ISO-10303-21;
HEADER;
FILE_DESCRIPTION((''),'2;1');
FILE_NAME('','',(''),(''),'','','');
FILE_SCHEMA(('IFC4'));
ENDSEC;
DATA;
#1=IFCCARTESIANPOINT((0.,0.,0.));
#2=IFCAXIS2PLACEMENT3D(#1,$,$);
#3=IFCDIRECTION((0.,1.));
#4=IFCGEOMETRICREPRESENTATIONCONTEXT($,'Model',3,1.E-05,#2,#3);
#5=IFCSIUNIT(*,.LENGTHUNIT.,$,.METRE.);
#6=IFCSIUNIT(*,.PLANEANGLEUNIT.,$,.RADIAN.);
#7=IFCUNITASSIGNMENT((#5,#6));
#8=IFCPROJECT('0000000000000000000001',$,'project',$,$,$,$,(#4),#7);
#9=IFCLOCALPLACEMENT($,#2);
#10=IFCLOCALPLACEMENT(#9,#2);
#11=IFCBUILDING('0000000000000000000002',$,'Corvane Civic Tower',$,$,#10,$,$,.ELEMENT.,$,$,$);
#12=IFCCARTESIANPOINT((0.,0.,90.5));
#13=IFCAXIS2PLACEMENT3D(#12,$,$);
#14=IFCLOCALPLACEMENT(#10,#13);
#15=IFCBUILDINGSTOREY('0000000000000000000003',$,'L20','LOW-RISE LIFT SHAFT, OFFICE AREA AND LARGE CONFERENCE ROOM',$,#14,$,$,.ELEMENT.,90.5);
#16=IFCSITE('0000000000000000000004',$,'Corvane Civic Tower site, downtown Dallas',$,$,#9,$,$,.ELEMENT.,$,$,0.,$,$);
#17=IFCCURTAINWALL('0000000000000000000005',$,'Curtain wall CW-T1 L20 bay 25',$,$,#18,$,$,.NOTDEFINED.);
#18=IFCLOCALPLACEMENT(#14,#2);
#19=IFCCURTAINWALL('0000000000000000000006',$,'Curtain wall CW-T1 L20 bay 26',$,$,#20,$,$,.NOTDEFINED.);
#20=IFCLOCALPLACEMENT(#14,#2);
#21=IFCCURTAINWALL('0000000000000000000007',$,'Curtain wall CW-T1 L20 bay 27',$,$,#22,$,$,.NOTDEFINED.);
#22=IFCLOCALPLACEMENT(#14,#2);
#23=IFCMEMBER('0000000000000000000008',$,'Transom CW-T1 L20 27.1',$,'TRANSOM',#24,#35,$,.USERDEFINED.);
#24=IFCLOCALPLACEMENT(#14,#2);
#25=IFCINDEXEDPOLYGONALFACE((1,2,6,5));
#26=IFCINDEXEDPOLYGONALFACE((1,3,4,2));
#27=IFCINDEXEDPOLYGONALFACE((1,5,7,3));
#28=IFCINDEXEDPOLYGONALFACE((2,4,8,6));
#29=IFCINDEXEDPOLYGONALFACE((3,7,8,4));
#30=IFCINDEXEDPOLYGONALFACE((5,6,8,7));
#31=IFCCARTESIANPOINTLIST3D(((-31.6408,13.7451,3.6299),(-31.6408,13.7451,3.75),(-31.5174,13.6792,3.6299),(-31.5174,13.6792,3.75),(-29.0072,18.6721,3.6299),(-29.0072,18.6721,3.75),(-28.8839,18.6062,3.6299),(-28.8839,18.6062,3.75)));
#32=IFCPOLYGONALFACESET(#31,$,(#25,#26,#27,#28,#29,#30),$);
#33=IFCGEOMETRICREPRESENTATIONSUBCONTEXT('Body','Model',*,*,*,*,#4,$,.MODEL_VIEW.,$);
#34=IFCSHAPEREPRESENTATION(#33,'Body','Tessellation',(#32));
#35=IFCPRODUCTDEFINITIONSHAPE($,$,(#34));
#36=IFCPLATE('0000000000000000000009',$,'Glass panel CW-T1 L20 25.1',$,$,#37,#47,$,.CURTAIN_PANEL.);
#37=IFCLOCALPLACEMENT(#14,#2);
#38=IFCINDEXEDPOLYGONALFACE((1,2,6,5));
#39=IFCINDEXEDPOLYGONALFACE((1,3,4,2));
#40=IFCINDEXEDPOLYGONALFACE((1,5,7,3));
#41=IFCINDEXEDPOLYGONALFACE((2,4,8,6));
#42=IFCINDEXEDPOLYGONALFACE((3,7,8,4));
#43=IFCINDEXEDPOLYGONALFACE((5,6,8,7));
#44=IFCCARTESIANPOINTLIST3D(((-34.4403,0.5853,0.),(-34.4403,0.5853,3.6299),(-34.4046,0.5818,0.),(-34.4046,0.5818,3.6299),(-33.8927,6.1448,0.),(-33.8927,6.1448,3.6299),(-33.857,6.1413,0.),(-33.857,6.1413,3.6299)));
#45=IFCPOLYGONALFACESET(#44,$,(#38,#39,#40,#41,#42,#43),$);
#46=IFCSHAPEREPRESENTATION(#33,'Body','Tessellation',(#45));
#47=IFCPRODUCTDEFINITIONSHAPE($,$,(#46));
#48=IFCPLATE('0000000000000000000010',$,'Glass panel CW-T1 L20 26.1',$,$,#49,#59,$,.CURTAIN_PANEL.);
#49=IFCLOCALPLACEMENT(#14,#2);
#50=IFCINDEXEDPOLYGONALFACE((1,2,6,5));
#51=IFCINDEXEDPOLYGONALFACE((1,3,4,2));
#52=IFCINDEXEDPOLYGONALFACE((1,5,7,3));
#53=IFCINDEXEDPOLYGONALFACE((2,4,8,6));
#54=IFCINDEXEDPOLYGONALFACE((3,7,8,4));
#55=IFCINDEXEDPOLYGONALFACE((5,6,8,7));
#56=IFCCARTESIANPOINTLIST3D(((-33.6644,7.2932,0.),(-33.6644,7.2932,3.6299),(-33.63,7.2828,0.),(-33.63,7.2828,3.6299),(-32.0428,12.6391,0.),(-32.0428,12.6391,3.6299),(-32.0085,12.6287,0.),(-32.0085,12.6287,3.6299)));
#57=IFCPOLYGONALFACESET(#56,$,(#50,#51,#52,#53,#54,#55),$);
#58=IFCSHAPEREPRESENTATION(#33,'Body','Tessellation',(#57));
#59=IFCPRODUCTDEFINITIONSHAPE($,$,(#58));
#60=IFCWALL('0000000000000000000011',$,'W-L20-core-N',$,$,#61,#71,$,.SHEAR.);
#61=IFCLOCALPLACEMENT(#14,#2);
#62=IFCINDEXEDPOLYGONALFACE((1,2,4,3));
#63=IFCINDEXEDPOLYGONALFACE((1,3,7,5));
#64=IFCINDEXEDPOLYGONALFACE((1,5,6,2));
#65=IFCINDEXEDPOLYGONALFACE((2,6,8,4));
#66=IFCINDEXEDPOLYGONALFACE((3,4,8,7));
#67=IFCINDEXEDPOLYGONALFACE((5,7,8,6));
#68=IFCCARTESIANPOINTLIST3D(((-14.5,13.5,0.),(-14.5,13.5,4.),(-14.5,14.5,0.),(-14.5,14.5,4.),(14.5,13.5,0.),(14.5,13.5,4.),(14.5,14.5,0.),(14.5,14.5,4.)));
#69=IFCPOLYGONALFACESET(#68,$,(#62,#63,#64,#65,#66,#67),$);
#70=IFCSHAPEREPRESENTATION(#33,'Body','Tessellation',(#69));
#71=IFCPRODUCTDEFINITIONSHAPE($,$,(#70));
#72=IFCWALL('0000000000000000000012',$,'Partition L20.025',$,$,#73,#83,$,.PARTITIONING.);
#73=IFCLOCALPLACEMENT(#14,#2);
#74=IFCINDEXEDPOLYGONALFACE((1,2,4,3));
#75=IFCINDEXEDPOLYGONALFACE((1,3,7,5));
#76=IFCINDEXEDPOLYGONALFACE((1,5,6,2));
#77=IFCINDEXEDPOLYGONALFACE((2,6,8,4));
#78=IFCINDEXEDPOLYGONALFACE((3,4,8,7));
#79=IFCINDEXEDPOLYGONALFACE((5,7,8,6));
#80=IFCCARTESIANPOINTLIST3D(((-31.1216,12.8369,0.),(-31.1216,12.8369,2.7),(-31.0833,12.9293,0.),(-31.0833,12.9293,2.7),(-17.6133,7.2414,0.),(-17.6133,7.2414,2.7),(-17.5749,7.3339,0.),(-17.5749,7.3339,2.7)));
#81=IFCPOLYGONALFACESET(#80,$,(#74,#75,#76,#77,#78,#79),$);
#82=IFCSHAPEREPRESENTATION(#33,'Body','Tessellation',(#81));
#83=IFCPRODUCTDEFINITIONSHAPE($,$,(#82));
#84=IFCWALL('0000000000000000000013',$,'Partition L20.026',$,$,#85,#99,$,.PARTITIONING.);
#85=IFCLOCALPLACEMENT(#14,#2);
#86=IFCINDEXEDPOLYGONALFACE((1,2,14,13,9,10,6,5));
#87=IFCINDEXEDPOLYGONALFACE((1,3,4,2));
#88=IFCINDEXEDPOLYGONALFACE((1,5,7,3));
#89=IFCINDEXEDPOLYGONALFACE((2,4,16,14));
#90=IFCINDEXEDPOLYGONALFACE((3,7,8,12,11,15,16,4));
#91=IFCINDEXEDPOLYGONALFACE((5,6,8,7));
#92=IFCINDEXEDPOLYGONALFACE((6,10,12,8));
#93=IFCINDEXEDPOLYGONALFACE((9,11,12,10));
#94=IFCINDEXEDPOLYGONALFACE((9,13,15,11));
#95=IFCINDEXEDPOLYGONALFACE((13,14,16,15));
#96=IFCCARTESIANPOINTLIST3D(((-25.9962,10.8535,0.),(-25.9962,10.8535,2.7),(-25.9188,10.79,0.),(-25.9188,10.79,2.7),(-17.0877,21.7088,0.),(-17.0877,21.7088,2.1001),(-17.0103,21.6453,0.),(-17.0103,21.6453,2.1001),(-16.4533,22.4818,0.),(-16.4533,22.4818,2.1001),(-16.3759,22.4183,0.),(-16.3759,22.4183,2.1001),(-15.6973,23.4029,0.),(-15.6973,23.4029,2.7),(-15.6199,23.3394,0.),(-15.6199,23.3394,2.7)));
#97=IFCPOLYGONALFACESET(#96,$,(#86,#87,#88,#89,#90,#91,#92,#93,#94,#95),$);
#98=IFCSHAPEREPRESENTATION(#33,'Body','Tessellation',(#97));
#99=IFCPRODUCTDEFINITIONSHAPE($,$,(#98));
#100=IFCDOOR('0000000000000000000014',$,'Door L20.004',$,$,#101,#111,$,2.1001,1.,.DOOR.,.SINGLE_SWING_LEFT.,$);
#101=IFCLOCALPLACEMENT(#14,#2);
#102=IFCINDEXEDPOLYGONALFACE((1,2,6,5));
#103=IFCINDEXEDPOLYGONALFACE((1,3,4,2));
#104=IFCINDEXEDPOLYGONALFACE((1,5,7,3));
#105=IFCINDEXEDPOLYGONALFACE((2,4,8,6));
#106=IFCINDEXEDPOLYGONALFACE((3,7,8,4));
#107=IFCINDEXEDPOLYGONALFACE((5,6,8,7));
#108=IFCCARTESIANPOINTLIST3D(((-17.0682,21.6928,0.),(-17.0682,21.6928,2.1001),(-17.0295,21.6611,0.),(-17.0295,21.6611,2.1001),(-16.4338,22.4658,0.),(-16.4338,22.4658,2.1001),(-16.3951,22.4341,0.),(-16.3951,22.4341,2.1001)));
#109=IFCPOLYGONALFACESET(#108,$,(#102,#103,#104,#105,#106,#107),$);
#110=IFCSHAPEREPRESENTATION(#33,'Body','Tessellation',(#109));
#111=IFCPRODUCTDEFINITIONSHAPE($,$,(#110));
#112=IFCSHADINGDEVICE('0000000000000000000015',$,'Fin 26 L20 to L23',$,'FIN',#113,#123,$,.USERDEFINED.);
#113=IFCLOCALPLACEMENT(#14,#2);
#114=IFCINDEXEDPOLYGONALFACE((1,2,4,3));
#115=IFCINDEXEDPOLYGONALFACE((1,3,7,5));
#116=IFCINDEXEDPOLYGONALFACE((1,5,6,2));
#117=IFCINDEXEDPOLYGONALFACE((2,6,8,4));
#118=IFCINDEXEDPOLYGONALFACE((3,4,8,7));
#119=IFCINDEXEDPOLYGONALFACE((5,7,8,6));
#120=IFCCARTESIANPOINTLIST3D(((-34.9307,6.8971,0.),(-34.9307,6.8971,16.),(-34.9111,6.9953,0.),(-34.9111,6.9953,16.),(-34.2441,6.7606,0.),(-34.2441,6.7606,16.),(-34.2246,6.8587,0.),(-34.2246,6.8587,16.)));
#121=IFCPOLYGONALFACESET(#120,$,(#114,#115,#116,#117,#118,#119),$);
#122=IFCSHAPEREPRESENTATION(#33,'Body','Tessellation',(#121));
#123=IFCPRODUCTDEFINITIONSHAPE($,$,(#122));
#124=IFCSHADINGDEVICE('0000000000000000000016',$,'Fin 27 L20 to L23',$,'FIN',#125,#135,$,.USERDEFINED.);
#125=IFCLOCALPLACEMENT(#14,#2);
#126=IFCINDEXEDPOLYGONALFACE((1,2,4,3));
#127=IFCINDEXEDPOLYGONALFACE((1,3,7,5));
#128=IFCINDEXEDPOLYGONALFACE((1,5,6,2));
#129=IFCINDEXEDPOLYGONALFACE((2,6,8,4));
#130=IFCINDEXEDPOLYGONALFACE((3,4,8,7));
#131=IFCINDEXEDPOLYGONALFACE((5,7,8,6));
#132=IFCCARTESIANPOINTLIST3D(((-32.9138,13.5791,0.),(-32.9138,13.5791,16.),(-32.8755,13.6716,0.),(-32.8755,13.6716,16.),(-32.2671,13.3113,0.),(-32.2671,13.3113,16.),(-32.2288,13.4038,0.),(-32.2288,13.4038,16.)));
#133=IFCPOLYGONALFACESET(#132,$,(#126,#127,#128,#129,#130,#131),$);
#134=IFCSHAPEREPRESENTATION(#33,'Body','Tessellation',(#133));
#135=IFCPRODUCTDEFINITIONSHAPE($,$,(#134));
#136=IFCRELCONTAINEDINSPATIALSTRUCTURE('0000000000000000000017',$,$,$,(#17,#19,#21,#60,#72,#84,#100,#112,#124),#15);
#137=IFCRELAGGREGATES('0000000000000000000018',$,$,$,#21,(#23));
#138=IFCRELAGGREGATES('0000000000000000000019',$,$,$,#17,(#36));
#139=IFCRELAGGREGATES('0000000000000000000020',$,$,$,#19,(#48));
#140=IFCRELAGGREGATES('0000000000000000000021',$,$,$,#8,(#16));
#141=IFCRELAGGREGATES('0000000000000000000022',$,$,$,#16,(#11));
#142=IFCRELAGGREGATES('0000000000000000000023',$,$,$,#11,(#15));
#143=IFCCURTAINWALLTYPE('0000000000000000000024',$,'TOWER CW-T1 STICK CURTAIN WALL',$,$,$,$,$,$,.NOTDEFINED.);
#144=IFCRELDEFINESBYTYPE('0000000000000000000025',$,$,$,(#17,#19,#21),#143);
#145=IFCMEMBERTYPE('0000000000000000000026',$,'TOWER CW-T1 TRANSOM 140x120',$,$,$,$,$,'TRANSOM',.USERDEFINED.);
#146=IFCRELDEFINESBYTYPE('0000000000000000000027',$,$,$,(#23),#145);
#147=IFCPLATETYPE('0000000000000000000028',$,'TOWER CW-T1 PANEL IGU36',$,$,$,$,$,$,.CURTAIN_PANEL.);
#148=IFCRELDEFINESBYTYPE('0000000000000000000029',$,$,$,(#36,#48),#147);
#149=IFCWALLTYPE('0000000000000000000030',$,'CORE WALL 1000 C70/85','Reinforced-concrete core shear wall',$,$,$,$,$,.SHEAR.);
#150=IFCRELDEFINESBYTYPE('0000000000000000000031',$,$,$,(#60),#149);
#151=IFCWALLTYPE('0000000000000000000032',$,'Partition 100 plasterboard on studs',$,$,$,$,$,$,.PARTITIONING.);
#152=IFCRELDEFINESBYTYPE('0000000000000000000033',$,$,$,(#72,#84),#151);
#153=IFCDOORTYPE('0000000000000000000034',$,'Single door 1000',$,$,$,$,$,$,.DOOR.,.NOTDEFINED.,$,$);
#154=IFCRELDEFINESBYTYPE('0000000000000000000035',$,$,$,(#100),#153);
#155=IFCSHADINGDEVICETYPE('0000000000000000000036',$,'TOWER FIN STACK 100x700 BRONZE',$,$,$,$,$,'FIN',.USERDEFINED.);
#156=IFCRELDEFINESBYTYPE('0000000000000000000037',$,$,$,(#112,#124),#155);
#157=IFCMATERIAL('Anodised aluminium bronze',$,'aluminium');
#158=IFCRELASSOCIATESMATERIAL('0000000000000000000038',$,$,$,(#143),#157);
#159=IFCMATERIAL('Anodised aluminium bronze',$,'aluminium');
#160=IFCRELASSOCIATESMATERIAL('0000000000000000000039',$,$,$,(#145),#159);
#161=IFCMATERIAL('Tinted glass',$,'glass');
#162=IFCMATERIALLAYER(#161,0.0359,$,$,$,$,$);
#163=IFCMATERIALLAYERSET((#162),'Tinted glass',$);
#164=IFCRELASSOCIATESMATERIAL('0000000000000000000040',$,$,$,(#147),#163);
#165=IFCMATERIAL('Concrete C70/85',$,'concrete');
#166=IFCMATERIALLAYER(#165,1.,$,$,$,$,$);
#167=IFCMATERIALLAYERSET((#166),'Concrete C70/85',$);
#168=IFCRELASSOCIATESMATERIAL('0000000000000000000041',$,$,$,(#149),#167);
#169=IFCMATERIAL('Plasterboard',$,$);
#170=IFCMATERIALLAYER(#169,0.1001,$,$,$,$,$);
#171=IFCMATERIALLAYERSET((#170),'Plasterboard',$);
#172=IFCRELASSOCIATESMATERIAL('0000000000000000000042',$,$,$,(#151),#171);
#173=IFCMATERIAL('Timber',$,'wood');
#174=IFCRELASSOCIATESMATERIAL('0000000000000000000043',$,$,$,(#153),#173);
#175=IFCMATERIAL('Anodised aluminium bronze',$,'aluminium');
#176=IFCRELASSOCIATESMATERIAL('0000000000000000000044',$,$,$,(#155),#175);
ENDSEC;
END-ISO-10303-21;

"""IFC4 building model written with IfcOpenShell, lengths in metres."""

from ifc_helpers import new_model, si_unit, direction, frame, frame_2d, origin, origin_2d, place, context, subcontext, project, spatial, rectangle, extrude, material, layer, layer_set, material_profile, profile_set, type_object, element, fill, aggregate, save


model = new_model("IFC4")

# Units and contexts
model_context = context("Model", 3, precision=1e-05, world=origin(), true_north=direction((0.0, 1.0)))
body_context = subcontext(model_context, "Body", "Model", "MODEL_VIEW")
ifc_project = project(units=[si_unit("LENGTHUNIT", "METRE"), si_unit("PLANEANGLEUNIT", "RADIAN")], contexts=[model_context])

# Site, building, storey
site_placement = place(None, origin())
site = spatial("IfcSite", under=ifc_project, at=site_placement, Name="Corvane Civic Tower site, downtown Dallas", CompositionType="ELEMENT", RefElevation=0.0)
building_placement = place(site_placement, origin())
building = spatial("IfcBuilding", under=site, at=building_placement, Name="Corvane Civic Tower", CompositionType="ELEMENT")
storey_placement = place(building_placement, frame((0.0, 0.0, 90.5)))
storey = spatial("IfcBuildingStorey", under=building, at=storey_placement, Name="L20", Description="LOW-RISE LIFT SHAFT, OFFICE AREA AND LARGE CONFERENCE ROOM", CompositionType="ELEMENT", Elevation=90.5)

# Curtain walls, member
ifc_material_1 = material(Name="Anodised aluminium bronze", Category="aluminium")
curtain_wall_type = type_object("IfcCurtainWallType", Name="TOWER CW-T1 STICK CURTAIN WALL", PredefinedType="NOTDEFINED", material=ifc_material_1)
curtain_wall_1_placement = place(storey_placement, origin())
curtain_wall_1 = element("IfcCurtainWall", 1, at=curtain_wall_1_placement, inside=storey, type_object=curtain_wall_type, Name="Curtain wall CW-T1 L20 bay 25", PredefinedType="NOTDEFINED")
ifc_material_2 = material(Name="Anodised aluminium bronze", Category="aluminium")
ifc_material_profile_1 = material_profile(ifc_material_2, rectangle(XDim=0.1399, YDim=0.1201, at=origin_2d()), Name="TOWER CW-T1 TRANSOM 140x120")
ifc_profile_set_1 = profile_set([ifc_material_profile_1], Name="Anodised aluminium bronze")
member_type = type_object("IfcMemberType", Name="TOWER CW-T1 TRANSOM 140x120", ElementType="TRANSOM", PredefinedType="USERDEFINED", material=ifc_profile_set_1)
curtain_wall_2_placement = place(storey_placement, origin())
curtain_wall_2 = element("IfcCurtainWall", 2, at=curtain_wall_2_placement, inside=storey, type_object=curtain_wall_type, Name="Curtain wall CW-T1 L20 bay 26", PredefinedType="NOTDEFINED")
curtain_wall_3_placement = place(storey_placement, origin())
curtain_wall_3 = element("IfcCurtainWall", 3, at=curtain_wall_3_placement, inside=storey, type_object=curtain_wall_type, Name="Curtain wall CW-T1 L20 bay 27", PredefinedType="NOTDEFINED")
member_1_placement = place(storey_placement, frame((-31.5791, 13.7122, 3.6899), z_axis=(0.471398, 0.881921, 0.0), x_axis=(-0.881921, 0.471398, 0.0)))
member_1 = element("IfcMember", 4, at=member_1_placement, type_object=member_type, Name="Transom CW-T1 L20 27.1", ObjectType="TRANSOM", PredefinedType="USERDEFINED", context=body_context, shape_type="SweptSolid", body=[
    extrude(rectangle(XDim=0.1399, YDim=0.1201, at=origin_2d()), origin(), (0.0, 0.0, 1.0), 5.5867),
])
aggregate(curtain_wall_3, [member_1])

# Plates
ifc_material_3 = material(Name="Tinted glass", Category="glass")
ifc_layer_1 = layer(ifc_material_3, 0.0359)
ifc_layer_set_1 = layer_set([ifc_layer_1], Name="Tinted glass")
plate_type = type_object("IfcPlateType", Name="TOWER CW-T1 PANEL IGU36", PredefinedType="CURTAIN_PANEL", material=ifc_layer_set_1)
plate_1_placement = place(storey_placement, frame((-34.1487, 3.3633, 0.0), z_axis=(0.0, 0.0, 1.0), x_axis=(0.098027, 0.995184, 0.0)))
plate_1 = element("IfcPlate", 5, at=plate_1_placement, type_object=plate_type, Name="Glass panel CW-T1 L20 25.1", PredefinedType="CURTAIN_PANEL", context=body_context, shape_type="SweptSolid", body=[
    extrude(rectangle(XDim=5.5864, YDim=0.0359, at=origin_2d()), origin(), (0.0, 0.0, 1.0), 3.6299),
])
aggregate(curtain_wall_1, [plate_1])
plate_2_placement = place(storey_placement, frame((-32.8364, 9.9609, 0.0), z_axis=(0.0, 0.0, 1.0), x_axis=(0.290266, 0.956946, 0.0)))
plate_2 = element("IfcPlate", 6, at=plate_2_placement, type_object=plate_type, Name="Glass panel CW-T1 L20 26.1", PredefinedType="CURTAIN_PANEL", context=body_context, shape_type="SweptSolid", body=[
    extrude(rectangle(XDim=5.5864, YDim=0.0359, at=origin_2d()), origin(), (0.0, 0.0, 1.0), 3.6299),
])
aggregate(curtain_wall_2, [plate_2])

# Walls
ifc_material_4 = material(Name="Concrete C70/85", Category="concrete")
ifc_layer_2 = layer(ifc_material_4, 1.0)
ifc_layer_set_2 = layer_set([ifc_layer_2], Name="Concrete C70/85")
wall_type_1 = type_object("IfcWallType", Name="CORE WALL 1000 C70/85", Description="Reinforced-concrete core shear wall", PredefinedType="SHEAR", material=ifc_layer_set_2)
wall_1_placement = place(storey_placement, frame((-14.5, 14.0, 0.0), z_axis=(0.0, 0.0, 1.0), x_axis=(1.0, 0.0, 0.0)))
element("IfcWall", 7, at=wall_1_placement, inside=storey, type_object=wall_type_1, Name="W-L20-core-N", PredefinedType="SHEAR", context=body_context, shape_type="SweptSolid", body=[
    extrude(rectangle(XDim=29.0, YDim=1.0, at=frame_2d((14.5, 0.0))), origin(), (0.0, 0.0, 1.0), 4.0),
])
ifc_material_5 = material(Name="Plasterboard")
ifc_layer_3 = layer(ifc_material_5, 0.1001)
ifc_layer_set_3 = layer_set([ifc_layer_3], Name="Plasterboard")
wall_type_2 = type_object("IfcWallType", Name="Partition 100 plasterboard on studs", PredefinedType="PARTITIONING", material=ifc_layer_set_3)
wall_2_placement = place(storey_placement, frame((-31.1023, 12.8831, 0.0), z_axis=(0.0, 0.0, 1.0), x_axis=(0.923876, -0.382691, 0.0)))
element("IfcWall", 8, at=wall_2_placement, inside=storey, type_object=wall_type_2, Name="Partition L20.025", PredefinedType="PARTITIONING", context=body_context, shape_type="SweptSolid", body=[
    extrude(rectangle(XDim=14.6213, YDim=0.1001, at=frame_2d((7.3105, 0.0))), origin(), (0.0, 0.0, 1.0), 2.7),
])

# Wall, opening, door
wall_3_placement = place(storey_placement, frame((-25.9575, 10.8218, 0.0), z_axis=(0.0, 0.0, 1.0), x_axis=(0.634389, 0.773014, 0.0)))
wall_3 = element("IfcWall", 9, at=wall_3_placement, inside=storey, type_object=wall_type_2, Name="Partition L20.026", PredefinedType="PARTITIONING", context=body_context, shape_type="SweptSolid", body=[
    extrude(rectangle(XDim=16.2344, YDim=0.1001, at=frame_2d((8.1172, 0.0))), origin(), (0.0, 0.0, 1.0), 2.7),
])
opening_placement = place(wall_3_placement, frame((14.0427, 0.0, 0.0)))
opening = element("IfcOpeningElement", 10, at=opening_placement, cuts=wall_3, PredefinedType="OPENING", context=body_context, shape_type="SweptSolid", body=[
    extrude(rectangle(XDim=1.0, YDim=2.1001, at=frame_2d((0.5, 1.05))), frame((0.0, 0.0601, 0.0), z_axis=(0.0, -1.0, 0.0), x_axis=(1.0, 0.0, 0.0)), (0.0, 0.0, 1.0), 0.1201),
])
ifc_material_6 = material(Name="Timber", Category="wood")
door_type = type_object("IfcDoorType", Name="Single door 1000", OperationType="NOTDEFINED", PredefinedType="DOOR", material=ifc_material_6)
door_placement = place(opening_placement, origin())
door = element("IfcDoor", 11, at=door_placement, inside=storey, type_object=door_type, Name="Door L20.004", OperationType="SINGLE_SWING_LEFT", OverallHeight=2.1001, OverallWidth=1.0, PredefinedType="DOOR", context=body_context, shape_type="SweptSolid", body=[
    extrude(rectangle(XDim=1.0, YDim=2.1001, at=frame_2d((0.5, 1.05))), frame((0.0, 0.0249, 0.0), z_axis=(0.0, -1.0, 0.0), x_axis=(1.0, 0.0, 0.0)), (0.0, 0.0, 1.0), 0.05),
])
fill(opening, door)

# Shading devices
ifc_material_7 = material(Name="Anodised aluminium bronze", Category="aluminium")
ifc_material_profile_2 = material_profile(ifc_material_7, rectangle(XDim=0.1001, YDim=0.7, at=origin_2d()), Name="TOWER FIN STACK 100x700 BRONZE")
ifc_profile_set_2 = profile_set([ifc_material_profile_2], Name="Anodised aluminium bronze")
shading_device_type = type_object("IfcShadingDeviceType", Name="TOWER FIN STACK 100x700 BRONZE", ElementType="FIN", PredefinedType="USERDEFINED", material=ifc_profile_set_2)
for number, where, z_axis, x_axis, name in (
    (12, (-34.5776, 6.8779, 0.0), (0.0, 0.0, 1.0), (0.19509, 0.980785, 0.0), "Fin 26 L20 to L23"),
    (13, (-32.5713, 13.4915, 0.0), (0.0, 0.0, 1.0), (0.382683, 0.92388, 0.0), "Fin 27 L20 to L23"),
):
    element("IfcShadingDevice", number, at=place(storey_placement, frame(where, z_axis=z_axis, x_axis=x_axis)), inside=storey, type_object=shading_device_type, Name=name, ObjectType="FIN", PredefinedType="USERDEFINED", context=body_context, shape_type="SweptSolid", body=[
        extrude(rectangle(XDim=0.1001, YDim=0.7, at=origin_2d()), origin(), (0.0, 0.0, 1.0), 16.0),
    ])

save(model, "model.ifc")
